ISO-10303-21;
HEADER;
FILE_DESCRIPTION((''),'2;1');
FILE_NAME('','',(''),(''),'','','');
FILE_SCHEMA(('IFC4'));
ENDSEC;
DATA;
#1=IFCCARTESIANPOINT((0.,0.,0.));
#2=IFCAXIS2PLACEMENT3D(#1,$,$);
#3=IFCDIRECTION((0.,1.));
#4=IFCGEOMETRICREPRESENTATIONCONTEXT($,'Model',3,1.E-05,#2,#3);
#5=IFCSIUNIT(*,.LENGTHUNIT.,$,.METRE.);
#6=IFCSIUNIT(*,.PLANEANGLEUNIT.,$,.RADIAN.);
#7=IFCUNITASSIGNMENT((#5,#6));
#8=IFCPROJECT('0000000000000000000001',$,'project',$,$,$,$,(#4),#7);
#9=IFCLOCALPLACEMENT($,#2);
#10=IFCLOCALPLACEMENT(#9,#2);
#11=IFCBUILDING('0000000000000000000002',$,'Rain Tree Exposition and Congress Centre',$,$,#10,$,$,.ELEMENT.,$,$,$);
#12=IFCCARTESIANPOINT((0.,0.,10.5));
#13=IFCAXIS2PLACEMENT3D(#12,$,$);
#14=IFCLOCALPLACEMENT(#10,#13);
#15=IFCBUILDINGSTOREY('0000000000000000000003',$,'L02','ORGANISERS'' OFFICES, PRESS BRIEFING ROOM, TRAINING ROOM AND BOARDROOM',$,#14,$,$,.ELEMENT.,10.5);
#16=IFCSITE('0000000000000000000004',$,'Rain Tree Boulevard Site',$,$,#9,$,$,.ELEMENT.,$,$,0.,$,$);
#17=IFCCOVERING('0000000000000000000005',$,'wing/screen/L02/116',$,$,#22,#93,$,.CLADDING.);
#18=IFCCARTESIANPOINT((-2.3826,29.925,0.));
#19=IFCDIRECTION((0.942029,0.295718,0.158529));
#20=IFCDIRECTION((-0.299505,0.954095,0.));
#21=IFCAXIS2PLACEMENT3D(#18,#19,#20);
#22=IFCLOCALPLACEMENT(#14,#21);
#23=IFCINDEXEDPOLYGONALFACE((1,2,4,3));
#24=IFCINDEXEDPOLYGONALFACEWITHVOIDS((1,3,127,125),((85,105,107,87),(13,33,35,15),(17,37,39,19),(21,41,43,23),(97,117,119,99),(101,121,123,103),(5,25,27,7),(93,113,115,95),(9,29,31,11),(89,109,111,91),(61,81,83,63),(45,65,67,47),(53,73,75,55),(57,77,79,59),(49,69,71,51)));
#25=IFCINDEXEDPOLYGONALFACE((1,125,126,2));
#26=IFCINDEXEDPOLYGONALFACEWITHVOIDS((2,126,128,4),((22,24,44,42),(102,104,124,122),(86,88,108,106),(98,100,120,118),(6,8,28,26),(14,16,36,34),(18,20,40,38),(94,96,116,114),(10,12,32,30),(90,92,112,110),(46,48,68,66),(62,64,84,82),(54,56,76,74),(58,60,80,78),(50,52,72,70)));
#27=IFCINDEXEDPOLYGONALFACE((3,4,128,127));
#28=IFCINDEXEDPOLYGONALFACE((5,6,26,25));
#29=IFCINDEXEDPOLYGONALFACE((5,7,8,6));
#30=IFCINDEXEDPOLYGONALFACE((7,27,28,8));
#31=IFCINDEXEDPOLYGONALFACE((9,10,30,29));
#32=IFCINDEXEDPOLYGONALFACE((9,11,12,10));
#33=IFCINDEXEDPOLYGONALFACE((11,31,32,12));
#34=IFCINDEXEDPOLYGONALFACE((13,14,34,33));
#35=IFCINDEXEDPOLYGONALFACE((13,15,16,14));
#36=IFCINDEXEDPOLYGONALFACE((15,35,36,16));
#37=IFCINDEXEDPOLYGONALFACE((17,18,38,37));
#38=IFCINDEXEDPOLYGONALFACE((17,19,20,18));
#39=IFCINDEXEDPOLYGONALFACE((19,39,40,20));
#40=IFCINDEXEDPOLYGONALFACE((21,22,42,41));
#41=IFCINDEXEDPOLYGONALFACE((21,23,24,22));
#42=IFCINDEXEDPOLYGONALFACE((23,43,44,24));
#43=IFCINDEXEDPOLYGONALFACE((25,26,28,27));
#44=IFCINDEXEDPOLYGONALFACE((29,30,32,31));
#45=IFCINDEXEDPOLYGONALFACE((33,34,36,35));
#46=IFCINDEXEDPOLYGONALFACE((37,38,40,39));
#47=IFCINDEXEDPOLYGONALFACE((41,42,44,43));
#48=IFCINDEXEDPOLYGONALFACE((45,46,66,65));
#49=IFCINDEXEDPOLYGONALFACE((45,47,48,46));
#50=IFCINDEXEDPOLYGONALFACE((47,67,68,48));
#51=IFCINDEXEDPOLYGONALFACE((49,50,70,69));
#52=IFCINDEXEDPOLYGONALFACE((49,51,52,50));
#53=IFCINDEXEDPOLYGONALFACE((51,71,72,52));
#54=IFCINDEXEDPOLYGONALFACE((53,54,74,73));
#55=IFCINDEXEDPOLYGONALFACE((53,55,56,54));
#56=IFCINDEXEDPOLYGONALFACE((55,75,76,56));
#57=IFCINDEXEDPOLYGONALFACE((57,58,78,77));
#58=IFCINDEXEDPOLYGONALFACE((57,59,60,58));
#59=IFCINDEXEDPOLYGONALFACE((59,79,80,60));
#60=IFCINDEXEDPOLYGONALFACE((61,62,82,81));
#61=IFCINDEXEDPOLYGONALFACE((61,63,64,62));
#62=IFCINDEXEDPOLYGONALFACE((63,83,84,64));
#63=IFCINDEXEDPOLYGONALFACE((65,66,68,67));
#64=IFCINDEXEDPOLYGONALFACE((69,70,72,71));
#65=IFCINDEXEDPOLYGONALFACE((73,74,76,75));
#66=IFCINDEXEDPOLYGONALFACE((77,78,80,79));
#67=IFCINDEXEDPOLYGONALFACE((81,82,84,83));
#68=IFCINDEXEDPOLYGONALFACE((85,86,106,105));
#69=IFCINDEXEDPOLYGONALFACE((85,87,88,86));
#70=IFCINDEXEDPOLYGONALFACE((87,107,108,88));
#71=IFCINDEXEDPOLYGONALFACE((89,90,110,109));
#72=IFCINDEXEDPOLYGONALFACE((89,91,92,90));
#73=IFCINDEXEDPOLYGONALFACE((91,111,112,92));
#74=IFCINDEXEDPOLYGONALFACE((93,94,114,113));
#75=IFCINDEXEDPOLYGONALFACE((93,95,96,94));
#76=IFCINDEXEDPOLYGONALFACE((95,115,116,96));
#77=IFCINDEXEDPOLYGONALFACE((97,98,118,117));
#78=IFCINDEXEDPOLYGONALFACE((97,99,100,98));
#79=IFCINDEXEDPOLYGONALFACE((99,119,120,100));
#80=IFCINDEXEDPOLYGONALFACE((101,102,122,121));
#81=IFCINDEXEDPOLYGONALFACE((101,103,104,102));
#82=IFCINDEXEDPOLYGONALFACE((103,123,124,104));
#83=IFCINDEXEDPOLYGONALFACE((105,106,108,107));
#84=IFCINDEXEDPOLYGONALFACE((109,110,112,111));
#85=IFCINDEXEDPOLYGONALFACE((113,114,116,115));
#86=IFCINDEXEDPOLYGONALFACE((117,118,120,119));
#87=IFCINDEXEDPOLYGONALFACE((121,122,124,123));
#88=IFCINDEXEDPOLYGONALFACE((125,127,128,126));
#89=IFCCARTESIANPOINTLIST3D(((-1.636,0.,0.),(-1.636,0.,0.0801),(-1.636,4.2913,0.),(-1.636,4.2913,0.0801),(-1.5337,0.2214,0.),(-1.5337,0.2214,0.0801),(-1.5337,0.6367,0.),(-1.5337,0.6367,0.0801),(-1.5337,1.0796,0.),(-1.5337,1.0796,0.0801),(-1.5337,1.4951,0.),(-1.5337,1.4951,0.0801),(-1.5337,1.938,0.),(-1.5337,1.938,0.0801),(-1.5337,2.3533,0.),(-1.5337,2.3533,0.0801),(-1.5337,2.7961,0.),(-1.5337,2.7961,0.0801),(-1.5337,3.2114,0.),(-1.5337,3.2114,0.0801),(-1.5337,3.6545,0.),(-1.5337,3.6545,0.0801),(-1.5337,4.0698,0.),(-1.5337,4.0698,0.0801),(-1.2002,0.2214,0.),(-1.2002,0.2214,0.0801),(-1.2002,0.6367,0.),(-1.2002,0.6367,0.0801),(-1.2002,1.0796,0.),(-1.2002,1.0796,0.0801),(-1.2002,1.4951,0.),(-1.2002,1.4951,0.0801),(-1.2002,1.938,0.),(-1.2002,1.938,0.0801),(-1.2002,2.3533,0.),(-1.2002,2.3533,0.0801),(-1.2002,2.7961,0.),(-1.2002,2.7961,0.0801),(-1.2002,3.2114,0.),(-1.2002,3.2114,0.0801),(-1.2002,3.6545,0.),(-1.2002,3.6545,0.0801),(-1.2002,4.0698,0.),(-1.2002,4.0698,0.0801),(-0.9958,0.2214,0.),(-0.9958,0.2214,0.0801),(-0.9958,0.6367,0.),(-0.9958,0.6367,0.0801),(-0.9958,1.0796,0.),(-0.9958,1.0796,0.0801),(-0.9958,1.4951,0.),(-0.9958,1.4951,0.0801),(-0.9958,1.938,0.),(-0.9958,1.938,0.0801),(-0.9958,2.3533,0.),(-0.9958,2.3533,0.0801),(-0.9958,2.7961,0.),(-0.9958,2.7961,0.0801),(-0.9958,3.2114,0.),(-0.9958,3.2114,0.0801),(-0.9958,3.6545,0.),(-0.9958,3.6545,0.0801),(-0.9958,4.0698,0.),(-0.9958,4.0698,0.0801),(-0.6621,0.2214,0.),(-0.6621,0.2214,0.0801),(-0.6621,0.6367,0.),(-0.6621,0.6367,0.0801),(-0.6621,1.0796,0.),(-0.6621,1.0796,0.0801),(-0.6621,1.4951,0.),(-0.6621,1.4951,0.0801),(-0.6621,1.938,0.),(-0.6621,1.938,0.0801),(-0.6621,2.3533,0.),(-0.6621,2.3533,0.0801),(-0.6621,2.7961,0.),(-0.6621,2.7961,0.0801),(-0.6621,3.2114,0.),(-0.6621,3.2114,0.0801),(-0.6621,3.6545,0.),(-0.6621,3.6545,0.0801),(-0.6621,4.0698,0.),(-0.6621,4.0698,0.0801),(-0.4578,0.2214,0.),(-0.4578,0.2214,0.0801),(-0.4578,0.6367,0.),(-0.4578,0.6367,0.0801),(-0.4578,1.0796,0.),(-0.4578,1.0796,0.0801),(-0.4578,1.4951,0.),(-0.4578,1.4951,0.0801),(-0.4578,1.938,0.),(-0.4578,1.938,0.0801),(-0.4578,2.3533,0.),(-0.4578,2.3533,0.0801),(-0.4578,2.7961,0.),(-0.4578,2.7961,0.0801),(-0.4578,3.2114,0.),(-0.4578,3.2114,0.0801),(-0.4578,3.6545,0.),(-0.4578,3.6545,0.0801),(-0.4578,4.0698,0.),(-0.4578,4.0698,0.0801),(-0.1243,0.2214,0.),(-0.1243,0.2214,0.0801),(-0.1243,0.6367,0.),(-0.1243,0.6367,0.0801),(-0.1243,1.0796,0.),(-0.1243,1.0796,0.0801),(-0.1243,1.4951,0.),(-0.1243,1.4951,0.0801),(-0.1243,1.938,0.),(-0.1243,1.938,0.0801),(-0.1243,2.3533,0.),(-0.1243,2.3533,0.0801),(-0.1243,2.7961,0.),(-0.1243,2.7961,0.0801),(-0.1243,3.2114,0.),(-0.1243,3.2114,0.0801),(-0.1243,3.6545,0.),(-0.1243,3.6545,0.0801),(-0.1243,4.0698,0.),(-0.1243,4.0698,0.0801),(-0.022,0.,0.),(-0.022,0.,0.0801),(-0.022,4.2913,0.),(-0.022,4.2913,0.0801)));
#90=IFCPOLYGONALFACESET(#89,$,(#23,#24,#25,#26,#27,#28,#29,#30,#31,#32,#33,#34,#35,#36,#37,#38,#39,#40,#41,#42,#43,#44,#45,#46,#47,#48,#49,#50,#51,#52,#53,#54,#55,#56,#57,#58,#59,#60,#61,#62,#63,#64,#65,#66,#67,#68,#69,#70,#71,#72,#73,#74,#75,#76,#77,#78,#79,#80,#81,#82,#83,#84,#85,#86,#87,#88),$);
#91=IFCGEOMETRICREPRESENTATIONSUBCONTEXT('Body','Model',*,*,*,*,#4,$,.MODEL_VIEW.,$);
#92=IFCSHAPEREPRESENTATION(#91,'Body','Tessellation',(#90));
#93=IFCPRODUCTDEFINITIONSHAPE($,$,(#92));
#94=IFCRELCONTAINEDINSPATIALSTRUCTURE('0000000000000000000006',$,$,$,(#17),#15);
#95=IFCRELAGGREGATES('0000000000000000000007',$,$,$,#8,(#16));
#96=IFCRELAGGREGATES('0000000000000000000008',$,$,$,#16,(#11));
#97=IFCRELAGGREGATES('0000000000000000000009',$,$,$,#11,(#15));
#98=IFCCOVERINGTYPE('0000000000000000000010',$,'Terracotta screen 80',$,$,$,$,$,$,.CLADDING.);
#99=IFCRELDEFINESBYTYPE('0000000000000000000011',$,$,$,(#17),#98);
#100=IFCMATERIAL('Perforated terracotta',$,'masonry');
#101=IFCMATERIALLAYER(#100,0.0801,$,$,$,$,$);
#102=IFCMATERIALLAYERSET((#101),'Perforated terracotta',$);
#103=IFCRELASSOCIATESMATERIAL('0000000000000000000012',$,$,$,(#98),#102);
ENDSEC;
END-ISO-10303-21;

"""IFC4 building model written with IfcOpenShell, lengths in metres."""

from ifc_helpers import new_model, si_unit, direction, frame, origin, place, context, subcontext, project, spatial, polyline, outline, extrude, material, layer, layer_set, type_object, element, save


model = new_model("IFC4")

# Units and contexts
model_context = context("Model", 3, precision=1e-05, world=origin(), true_north=direction((0.0, 1.0)))
body_context = subcontext(model_context, "Body", "Model", "MODEL_VIEW")
ifc_project = project(units=[si_unit("LENGTHUNIT", "METRE"), si_unit("PLANEANGLEUNIT", "RADIAN")], contexts=[model_context])

# Site, building, storey
site_placement = place(None, origin())
site = spatial("IfcSite", under=ifc_project, at=site_placement, Name="Rain Tree Boulevard Site", CompositionType="ELEMENT", RefElevation=0.0)
building_placement = place(site_placement, origin())
building = spatial("IfcBuilding", under=site, at=building_placement, Name="Rain Tree Exposition and Congress Centre", CompositionType="ELEMENT")
storey_placement = place(building_placement, frame((0.0, 0.0, 10.5)))
storey = spatial("IfcBuildingStorey", under=building, at=storey_placement, Name="L02", Description="ORGANISERS' OFFICES, PRESS BRIEFING ROOM, TRAINING ROOM AND BOARDROOM", CompositionType="ELEMENT", Elevation=10.5)

# Covering
ifc_material_1 = material(Name="Perforated terracotta", Category="masonry")
ifc_layer_1 = layer(ifc_material_1, 0.0801)
ifc_layer_set_1 = layer_set([ifc_layer_1], Name="Perforated terracotta")
covering_type = type_object("IfcCoveringType", Name="Terracotta screen 80", PredefinedType="CLADDING", material=ifc_layer_set_1)
covering_1_placement = place(storey_placement, frame((-2.3826, 29.925, 0.0), z_axis=(0.942029, 0.295718, 0.158529), x_axis=(-0.299505, 0.954095, 0.0)))
element("IfcCovering", 1, at=covering_1_placement, inside=storey, type_object=covering_type, Name="wing/screen/L02/116", PredefinedType="CLADDING", context=body_context, shape_type="SweptSolid", body=[
    extrude(outline(polyline([(-1.636, 0.0), (-1.636, 4.2913), (-0.022, 4.2913), (-0.022, 0.0), (-1.636, 0.0)]), holes=[polyline([(-0.1243, 0.2214), (-0.1243, 0.6367), (-0.4578, 0.6367), (-0.4578, 0.2214), (-0.1243, 0.2214)]), polyline([(-0.1243, 1.0796), (-0.1243, 1.4951), (-0.4578, 1.4951), (-0.4578, 1.0796), (-0.1243, 1.0796)]), polyline([(-0.1243, 1.938), (-0.1243, 2.3533), (-0.4578, 2.3533), (-0.4578, 1.938), (-0.1243, 1.938)]), polyline([(-0.1243, 2.7961), (-0.1243, 3.2114), (-0.4578, 3.2114), (-0.4578, 2.7961), (-0.1243, 2.7961)]), polyline([(-0.1243, 3.6545), (-0.1243, 4.0698), (-0.4578, 4.0698), (-0.4578, 3.6545), (-0.1243, 3.6545)]), polyline([(-0.6621, 0.2214), (-0.6621, 0.6367), (-0.9958, 0.6367), (-0.9958, 0.2214), (-0.6621, 0.2214)]), polyline([(-0.6621, 1.0796), (-0.6621, 1.4951), (-0.9958, 1.4951), (-0.9958, 1.0796), (-0.6621, 1.0796)]), polyline([(-0.6621, 1.938), (-0.6621, 2.3533), (-0.9958, 2.3533), (-0.9958, 1.938), (-0.6621, 1.938)]), polyline([(-0.6621, 2.7961), (-0.6621, 3.2114), (-0.9958, 3.2114), (-0.9958, 2.7961), (-0.6621, 2.7961)]), polyline([(-0.6621, 3.6545), (-0.6621, 4.0698), (-0.9958, 4.0698), (-0.9958, 3.6545), (-0.6621, 3.6545)]), polyline([(-1.2002, 0.2214), (-1.2002, 0.6367), (-1.5337, 0.6367), (-1.5337, 0.2214), (-1.2002, 0.2214)]), polyline([(-1.2002, 1.0796), (-1.2002, 1.4951), (-1.5337, 1.4951), (-1.5337, 1.0796), (-1.2002, 1.0796)]), polyline([(-1.2002, 1.938), (-1.2002, 2.3533), (-1.5337, 2.3533), (-1.5337, 1.938), (-1.2002, 1.938)]), polyline([(-1.2002, 2.7961), (-1.2002, 3.2114), (-1.5337, 3.2114), (-1.5337, 2.7961), (-1.2002, 2.7961)]), polyline([(-1.2002, 3.6545), (-1.2002, 4.0698), (-1.5337, 4.0698), (-1.5337, 3.6545), (-1.2002, 3.6545)])]), origin(), (0.0, 0.0, 1.0), 0.0801),
])

save(model, "model.ifc")
